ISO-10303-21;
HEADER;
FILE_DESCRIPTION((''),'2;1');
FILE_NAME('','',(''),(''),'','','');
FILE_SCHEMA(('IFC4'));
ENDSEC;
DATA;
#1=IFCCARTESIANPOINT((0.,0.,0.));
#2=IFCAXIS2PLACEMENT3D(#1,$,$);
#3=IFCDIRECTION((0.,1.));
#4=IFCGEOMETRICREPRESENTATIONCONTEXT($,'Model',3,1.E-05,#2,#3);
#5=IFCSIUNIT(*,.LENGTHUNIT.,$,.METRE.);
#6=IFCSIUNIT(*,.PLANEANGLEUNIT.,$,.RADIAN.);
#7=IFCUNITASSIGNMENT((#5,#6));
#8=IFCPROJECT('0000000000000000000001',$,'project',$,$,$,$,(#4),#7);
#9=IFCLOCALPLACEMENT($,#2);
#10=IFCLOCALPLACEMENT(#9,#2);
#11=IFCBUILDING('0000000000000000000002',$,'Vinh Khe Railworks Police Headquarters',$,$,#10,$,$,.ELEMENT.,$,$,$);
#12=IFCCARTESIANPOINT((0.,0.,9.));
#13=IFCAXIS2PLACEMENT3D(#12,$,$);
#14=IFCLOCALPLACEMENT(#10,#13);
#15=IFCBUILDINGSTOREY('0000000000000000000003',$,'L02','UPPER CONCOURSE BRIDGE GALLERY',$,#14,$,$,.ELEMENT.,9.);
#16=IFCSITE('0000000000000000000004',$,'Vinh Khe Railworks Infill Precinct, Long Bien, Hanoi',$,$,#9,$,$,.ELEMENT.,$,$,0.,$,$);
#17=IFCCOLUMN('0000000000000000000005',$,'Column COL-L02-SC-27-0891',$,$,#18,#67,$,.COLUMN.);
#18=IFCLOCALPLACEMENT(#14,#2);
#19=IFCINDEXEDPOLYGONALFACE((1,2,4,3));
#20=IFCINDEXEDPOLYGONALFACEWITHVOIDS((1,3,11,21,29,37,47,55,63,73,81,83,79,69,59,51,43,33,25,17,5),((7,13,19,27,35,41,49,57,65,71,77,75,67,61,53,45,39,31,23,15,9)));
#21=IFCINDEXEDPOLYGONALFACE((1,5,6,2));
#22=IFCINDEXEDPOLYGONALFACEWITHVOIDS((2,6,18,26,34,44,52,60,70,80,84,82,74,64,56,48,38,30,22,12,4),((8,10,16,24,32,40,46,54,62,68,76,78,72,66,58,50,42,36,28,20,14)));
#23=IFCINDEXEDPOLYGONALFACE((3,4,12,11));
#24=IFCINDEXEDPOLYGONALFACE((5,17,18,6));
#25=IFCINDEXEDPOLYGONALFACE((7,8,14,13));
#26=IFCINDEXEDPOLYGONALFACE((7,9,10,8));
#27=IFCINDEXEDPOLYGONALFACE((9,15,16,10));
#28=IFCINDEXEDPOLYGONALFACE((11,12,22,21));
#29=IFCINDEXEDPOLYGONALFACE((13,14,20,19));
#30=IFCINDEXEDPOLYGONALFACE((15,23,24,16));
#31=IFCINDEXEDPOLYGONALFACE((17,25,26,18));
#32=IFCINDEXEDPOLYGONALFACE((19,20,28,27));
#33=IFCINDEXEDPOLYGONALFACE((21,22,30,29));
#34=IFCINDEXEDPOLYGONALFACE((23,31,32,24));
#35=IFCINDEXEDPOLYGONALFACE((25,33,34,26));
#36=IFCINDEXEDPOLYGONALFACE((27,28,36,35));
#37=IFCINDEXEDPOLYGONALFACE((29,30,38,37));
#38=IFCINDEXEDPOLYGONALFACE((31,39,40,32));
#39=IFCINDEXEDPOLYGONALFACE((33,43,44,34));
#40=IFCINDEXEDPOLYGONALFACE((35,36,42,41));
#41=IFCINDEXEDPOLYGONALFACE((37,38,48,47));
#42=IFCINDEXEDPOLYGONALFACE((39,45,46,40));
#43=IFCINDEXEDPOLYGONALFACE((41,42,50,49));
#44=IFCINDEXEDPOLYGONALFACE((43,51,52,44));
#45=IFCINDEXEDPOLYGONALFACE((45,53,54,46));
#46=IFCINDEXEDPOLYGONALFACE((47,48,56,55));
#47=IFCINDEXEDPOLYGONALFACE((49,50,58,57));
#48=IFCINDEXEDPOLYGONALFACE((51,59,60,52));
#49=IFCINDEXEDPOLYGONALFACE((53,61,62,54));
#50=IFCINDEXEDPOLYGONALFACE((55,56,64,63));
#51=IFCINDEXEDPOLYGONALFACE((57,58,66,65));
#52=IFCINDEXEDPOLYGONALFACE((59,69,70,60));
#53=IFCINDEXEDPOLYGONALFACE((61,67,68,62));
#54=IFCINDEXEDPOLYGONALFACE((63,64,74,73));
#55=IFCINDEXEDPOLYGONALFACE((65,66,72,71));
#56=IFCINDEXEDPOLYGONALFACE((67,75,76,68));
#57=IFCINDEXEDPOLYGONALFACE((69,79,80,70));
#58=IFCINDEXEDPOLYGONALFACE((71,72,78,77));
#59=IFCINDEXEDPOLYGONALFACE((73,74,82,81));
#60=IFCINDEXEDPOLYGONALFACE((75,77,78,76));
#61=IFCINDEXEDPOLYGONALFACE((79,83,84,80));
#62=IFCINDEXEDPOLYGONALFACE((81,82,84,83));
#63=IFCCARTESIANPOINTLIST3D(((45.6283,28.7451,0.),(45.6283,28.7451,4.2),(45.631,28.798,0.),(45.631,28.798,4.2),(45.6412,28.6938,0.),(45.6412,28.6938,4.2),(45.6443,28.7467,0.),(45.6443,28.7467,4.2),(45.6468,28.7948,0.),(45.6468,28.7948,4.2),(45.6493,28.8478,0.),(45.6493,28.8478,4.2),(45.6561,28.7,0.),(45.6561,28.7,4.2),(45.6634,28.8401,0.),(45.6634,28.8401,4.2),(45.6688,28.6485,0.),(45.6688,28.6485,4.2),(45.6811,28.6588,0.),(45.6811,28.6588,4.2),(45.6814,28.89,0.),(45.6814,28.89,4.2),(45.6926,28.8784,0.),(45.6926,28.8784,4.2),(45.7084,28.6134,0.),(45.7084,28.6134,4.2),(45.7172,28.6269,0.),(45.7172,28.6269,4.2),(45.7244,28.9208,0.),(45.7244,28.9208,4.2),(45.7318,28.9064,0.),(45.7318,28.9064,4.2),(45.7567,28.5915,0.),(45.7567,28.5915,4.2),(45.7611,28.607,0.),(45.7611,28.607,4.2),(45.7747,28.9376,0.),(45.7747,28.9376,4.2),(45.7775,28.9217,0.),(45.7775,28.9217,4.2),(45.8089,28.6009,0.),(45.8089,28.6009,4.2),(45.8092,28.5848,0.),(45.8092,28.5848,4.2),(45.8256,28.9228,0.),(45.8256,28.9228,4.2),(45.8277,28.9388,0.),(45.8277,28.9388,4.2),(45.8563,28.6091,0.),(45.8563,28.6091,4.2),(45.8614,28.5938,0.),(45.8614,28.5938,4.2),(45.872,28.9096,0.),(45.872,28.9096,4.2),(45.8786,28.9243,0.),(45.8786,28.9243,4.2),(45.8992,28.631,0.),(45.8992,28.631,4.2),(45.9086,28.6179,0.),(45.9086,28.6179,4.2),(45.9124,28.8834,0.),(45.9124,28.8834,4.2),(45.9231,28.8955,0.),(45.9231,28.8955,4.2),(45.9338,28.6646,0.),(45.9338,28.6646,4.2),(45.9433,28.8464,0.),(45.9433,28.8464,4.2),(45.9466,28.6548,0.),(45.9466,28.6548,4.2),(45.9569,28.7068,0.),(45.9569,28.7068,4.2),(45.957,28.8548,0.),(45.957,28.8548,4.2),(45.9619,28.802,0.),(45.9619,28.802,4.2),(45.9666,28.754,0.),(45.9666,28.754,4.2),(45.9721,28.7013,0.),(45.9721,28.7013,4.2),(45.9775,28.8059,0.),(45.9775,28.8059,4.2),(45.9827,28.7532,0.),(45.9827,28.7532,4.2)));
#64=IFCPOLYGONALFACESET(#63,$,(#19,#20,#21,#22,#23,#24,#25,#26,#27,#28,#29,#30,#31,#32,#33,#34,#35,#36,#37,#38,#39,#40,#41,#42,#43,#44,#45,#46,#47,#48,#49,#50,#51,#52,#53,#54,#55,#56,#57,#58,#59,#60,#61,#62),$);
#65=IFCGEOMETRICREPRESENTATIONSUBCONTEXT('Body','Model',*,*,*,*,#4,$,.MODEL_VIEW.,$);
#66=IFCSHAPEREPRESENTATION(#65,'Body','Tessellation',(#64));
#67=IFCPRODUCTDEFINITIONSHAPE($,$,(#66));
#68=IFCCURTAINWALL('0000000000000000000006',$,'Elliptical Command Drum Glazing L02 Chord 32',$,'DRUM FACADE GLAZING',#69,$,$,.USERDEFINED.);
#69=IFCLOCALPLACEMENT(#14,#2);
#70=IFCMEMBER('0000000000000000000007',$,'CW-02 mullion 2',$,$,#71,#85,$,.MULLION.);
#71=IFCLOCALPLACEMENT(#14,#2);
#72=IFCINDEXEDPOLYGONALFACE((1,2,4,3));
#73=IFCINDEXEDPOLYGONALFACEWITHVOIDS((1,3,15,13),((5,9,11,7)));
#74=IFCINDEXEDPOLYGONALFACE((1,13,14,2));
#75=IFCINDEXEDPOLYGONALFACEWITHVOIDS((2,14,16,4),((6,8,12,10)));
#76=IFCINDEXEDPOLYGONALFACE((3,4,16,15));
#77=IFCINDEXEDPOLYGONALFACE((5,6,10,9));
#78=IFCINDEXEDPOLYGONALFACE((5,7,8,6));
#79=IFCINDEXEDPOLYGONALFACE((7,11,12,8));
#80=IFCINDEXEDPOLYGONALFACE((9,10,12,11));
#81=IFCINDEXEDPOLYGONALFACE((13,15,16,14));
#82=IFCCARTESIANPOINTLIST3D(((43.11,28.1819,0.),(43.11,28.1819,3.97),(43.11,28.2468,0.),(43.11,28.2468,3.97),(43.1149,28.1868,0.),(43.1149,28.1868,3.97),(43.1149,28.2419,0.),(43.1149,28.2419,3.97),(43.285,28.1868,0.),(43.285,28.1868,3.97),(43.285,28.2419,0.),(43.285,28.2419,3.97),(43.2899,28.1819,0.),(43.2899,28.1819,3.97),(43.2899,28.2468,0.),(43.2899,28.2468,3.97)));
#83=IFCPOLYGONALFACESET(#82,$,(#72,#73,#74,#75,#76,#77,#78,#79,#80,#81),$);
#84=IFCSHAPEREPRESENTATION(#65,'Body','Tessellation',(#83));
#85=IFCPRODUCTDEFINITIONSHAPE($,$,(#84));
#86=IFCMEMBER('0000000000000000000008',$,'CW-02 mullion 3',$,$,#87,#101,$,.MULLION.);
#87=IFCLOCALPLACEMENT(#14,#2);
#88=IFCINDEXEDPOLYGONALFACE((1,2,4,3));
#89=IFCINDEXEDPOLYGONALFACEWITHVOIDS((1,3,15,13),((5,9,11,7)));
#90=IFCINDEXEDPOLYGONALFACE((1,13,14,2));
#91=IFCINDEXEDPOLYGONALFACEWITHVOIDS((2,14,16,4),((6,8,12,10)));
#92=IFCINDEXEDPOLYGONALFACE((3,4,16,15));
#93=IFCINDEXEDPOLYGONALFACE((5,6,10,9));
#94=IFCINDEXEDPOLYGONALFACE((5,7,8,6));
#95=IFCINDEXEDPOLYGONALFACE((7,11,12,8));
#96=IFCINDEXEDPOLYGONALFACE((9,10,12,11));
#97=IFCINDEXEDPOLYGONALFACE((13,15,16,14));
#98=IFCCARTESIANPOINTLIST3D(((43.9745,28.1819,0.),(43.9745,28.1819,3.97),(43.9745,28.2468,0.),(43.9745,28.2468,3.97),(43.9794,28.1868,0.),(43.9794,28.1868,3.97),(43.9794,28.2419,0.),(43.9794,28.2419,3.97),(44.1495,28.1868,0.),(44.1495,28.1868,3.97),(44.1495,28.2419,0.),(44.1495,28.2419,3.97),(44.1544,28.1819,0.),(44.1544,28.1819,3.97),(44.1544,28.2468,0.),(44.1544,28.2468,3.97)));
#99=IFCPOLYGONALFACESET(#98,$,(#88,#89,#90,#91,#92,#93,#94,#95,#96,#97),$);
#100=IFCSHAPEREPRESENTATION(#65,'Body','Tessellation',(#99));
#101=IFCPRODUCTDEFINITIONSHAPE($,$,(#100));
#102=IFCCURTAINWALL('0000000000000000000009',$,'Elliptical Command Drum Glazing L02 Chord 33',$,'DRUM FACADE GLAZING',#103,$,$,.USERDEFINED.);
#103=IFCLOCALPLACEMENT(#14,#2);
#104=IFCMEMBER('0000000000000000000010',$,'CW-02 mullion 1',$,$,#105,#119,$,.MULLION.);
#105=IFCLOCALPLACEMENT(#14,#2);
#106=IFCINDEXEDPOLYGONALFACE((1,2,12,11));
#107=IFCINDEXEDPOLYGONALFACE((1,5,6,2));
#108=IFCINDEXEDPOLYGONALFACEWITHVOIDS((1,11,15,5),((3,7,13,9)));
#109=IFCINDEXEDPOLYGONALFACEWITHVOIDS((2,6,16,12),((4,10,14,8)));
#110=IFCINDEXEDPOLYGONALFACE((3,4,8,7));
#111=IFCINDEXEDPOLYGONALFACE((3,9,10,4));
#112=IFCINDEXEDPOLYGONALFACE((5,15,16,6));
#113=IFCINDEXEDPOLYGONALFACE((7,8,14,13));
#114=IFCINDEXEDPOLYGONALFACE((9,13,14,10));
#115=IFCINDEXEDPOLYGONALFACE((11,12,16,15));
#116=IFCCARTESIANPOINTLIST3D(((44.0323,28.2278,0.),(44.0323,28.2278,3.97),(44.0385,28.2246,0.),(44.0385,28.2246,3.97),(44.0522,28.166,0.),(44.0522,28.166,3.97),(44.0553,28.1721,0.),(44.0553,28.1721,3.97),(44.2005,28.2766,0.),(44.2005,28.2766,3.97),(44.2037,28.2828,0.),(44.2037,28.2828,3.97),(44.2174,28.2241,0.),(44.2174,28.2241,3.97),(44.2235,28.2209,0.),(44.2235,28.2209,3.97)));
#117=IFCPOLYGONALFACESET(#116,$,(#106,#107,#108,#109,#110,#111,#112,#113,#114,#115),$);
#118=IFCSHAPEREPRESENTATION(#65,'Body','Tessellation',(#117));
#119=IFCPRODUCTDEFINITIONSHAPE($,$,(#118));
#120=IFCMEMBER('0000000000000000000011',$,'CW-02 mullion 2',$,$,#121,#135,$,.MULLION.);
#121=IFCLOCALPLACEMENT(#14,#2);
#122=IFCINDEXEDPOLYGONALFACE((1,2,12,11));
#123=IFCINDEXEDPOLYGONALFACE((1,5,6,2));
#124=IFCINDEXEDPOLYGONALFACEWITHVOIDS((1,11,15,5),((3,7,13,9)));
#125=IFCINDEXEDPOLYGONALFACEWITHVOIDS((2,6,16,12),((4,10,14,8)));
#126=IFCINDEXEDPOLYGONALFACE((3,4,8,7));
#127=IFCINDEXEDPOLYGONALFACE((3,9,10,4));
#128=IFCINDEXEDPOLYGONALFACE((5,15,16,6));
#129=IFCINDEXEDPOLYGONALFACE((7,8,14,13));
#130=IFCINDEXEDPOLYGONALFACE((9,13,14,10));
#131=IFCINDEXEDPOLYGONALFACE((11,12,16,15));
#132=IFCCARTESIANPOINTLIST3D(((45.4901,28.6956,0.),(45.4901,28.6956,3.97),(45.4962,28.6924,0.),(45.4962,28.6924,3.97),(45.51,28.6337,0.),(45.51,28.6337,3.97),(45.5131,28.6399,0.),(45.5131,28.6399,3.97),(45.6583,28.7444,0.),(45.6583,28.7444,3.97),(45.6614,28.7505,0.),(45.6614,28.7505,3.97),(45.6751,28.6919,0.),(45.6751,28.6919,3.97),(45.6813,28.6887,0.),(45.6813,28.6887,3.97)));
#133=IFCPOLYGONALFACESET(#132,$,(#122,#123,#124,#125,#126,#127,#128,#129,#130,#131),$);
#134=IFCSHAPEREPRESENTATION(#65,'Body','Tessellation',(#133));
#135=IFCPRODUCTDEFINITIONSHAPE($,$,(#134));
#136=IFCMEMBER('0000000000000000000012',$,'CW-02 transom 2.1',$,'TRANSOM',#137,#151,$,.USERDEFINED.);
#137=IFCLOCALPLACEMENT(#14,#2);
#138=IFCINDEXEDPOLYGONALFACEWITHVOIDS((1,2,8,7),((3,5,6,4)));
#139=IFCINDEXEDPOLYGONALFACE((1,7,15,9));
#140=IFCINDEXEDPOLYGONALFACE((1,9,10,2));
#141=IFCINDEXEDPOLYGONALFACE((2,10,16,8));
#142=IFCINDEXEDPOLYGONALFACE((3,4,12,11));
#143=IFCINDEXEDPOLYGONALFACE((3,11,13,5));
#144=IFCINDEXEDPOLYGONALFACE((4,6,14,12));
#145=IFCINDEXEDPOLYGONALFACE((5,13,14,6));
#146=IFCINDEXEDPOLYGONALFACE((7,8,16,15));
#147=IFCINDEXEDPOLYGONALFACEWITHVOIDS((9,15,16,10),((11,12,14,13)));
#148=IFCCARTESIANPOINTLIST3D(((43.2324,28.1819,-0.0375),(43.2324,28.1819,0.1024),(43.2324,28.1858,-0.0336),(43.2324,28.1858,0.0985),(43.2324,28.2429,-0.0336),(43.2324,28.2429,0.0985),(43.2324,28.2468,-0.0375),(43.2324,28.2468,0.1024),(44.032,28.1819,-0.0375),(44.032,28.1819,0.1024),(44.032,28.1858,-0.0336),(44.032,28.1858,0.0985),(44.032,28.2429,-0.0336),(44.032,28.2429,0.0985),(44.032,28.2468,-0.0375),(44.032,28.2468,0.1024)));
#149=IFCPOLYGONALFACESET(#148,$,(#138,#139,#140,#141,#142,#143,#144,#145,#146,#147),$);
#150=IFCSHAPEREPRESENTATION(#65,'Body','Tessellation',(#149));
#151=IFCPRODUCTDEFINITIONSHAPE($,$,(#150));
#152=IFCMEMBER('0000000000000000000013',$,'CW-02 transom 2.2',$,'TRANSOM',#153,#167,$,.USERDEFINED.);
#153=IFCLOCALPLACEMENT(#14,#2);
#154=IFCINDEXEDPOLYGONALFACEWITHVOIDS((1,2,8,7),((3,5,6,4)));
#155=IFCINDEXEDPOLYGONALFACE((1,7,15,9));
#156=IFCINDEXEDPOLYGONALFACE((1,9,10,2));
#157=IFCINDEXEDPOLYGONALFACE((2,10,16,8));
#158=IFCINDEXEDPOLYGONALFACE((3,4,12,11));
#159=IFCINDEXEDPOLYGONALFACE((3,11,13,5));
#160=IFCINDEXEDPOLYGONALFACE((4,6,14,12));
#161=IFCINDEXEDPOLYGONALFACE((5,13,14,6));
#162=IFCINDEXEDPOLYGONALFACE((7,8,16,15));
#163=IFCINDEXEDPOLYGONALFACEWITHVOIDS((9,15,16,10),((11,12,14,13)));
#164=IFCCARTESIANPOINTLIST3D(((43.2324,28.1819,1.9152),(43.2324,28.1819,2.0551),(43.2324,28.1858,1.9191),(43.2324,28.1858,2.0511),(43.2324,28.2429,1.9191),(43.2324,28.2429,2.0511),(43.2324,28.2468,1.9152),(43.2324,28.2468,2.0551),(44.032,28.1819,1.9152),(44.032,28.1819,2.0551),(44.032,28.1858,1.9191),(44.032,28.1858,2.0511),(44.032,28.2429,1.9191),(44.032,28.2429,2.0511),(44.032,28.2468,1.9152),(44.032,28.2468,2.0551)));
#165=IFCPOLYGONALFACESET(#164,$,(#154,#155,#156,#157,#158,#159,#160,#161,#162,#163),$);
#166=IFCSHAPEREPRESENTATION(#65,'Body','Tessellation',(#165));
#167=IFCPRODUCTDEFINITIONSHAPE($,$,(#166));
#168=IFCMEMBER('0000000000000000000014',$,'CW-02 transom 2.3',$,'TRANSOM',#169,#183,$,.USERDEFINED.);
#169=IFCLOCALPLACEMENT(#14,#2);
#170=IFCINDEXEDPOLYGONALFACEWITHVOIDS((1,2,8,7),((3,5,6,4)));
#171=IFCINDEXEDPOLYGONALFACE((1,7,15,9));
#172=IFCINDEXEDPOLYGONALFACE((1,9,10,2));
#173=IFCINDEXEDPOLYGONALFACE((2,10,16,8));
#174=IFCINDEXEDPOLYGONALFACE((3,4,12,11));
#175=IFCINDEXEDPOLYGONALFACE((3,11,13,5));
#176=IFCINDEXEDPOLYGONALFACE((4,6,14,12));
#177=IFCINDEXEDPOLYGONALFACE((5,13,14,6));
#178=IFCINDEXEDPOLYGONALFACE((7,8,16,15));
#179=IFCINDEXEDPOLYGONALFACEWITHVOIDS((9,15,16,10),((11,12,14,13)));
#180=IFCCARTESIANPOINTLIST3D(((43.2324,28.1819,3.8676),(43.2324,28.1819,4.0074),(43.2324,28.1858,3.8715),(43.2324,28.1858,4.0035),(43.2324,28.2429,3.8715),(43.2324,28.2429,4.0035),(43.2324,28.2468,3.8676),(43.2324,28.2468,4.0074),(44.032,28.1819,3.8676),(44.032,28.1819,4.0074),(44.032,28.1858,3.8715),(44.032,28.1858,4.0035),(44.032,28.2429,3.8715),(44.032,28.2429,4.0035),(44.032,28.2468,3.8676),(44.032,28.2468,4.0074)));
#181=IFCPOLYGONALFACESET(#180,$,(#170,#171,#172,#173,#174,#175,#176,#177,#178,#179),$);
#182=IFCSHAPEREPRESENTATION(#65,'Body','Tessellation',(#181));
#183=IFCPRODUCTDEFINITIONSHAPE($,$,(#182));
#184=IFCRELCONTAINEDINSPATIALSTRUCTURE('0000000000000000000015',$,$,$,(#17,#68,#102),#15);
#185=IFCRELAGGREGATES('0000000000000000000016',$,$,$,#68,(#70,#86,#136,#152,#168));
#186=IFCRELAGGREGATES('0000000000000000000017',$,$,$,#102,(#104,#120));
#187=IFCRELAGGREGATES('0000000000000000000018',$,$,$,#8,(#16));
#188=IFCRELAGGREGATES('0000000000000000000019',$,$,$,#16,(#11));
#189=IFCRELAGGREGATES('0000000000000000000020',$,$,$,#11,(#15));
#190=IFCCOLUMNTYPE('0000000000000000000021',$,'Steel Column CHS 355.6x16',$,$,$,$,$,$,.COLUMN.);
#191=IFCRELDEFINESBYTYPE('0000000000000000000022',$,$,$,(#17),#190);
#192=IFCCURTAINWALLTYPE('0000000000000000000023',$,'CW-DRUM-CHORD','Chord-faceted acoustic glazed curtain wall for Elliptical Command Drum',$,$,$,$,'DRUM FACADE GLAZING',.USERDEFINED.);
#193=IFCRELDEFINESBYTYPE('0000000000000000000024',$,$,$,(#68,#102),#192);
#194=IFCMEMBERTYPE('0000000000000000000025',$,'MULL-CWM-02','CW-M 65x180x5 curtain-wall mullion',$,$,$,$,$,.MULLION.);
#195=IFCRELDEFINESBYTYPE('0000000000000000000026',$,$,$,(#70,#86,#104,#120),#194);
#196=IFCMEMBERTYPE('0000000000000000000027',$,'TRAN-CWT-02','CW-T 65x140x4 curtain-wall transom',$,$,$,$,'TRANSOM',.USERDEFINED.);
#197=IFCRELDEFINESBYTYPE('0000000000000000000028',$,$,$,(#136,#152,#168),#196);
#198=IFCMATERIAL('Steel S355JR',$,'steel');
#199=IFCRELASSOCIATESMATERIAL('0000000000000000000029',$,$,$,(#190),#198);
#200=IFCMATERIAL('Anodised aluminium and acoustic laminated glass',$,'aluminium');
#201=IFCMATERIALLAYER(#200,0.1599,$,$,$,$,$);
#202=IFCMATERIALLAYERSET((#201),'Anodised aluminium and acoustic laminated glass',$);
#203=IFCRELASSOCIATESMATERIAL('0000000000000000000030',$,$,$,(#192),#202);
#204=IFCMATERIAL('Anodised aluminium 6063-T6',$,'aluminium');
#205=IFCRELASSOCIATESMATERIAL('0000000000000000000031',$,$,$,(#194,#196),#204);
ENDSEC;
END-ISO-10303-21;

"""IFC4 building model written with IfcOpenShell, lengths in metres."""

from ifc_helpers import new_model, si_unit, direction, frame, origin, origin_2d, place, context, subcontext, project, spatial, hollow_rectangle, hollow_circle, extrude, material, layer, layer_set, material_profile, profile_set, type_object, element, aggregate, save


model = new_model("IFC4")

# Units and contexts
model_context = context("Model", 3, precision=1e-05, world=origin(), true_north=direction((0.0, 1.0)))
body_context = subcontext(model_context, "Body", "Model", "MODEL_VIEW")
ifc_project = project(units=[si_unit("LENGTHUNIT", "METRE"), si_unit("PLANEANGLEUNIT", "RADIAN")], contexts=[model_context])

# Site, building, storey
site_placement = place(None, origin())
site = spatial("IfcSite", under=ifc_project, at=site_placement, Name="Vinh Khe Railworks Infill Precinct, Long Bien, Hanoi", CompositionType="ELEMENT", RefElevation=0.0)
building_placement = place(site_placement, origin())
building = spatial("IfcBuilding", under=site, at=building_placement, Name="Vinh Khe Railworks Police Headquarters", CompositionType="ELEMENT")
storey_placement = place(building_placement, frame((0.0, 0.0, 9.0)))
storey = spatial("IfcBuildingStorey", under=building, at=storey_placement, Name="L02", Description="UPPER CONCOURSE BRIDGE GALLERY", CompositionType="ELEMENT", Elevation=9.0)

# Column
ifc_material_1 = material(Name="Steel S355JR", Category="steel")
ifc_material_profile_1 = material_profile(ifc_material_1, hollow_circle(Radius=0.1777, WallThickness=0.0161, at=origin_2d()), Name="CHS 355.6x16")
ifc_profile_set_1 = profile_set([ifc_material_profile_1], Name="Steel S355JR")
column_type = type_object("IfcColumnType", Name="Steel Column CHS 355.6x16", PredefinedType="COLUMN", material=ifc_profile_set_1)
column_placement = place(storey_placement, frame((45.8052, 28.7625, 0.0), z_axis=(0.0, 0.0, 1.0), x_axis=(0.581981, -0.813202, 0.0)))
element("IfcColumn", 1, at=column_placement, inside=storey, type_object=column_type, Name="Column COL-L02-SC-27-0891", PredefinedType="COLUMN", context=body_context, shape_type="SweptSolid", body=[
    extrude(hollow_circle(Radius=0.1777, WallThickness=0.0161, at=origin_2d()), origin(), (0.0, 0.0, 1.0), 4.2),
])

# Curtain walls, members
ifc_material_2 = material(Name="Anodised aluminium and acoustic laminated glass", Category="aluminium")
ifc_layer_1 = layer(ifc_material_2, 0.1599)
ifc_layer_set_1 = layer_set([ifc_layer_1], Name="Anodised aluminium and acoustic laminated glass")
curtain_wall_type = type_object("IfcCurtainWallType", Name="CW-DRUM-CHORD", Description="Chord-faceted acoustic glazed curtain wall for Elliptical Command Drum", ElementType="DRUM FACADE GLAZING", PredefinedType="USERDEFINED", material=ifc_layer_set_1)
curtain_wall_1_placement = place(storey_placement, origin())
curtain_wall_1 = element("IfcCurtainWall", 2, at=curtain_wall_1_placement, inside=storey, type_object=curtain_wall_type, Name="Elliptical Command Drum Glazing L02 Chord 32", ObjectType="DRUM FACADE GLAZING", PredefinedType="USERDEFINED")
ifc_material_3 = material(Name="Anodised aluminium 6063-T6", Category="aluminium")
ifc_material_profile_2 = material_profile(ifc_material_3, hollow_rectangle(XDim=0.0649, YDim=0.1799, WallThickness=0.0049, at=origin_2d()), Name="CW-M 65x180x5")
ifc_profile_set_2 = profile_set([ifc_material_profile_2], Name="Anodised aluminium 6063-T6")
member_type_1 = type_object("IfcMemberType", Name="MULL-CWM-02", Description="CW-M 65x180x5 curtain-wall mullion", PredefinedType="MULLION", material=ifc_profile_set_2)
member_1_placement = place(storey_placement, frame((43.2, 28.2144, 0.0), z_axis=(0.0, 0.0, 1.0), x_axis=(0.0, 1.0, 0.0)))
member_1 = element("IfcMember", 3, at=member_1_placement, type_object=member_type_1, Name="CW-02 mullion 2", PredefinedType="MULLION", context=body_context, shape_type="SweptSolid", body=[
    extrude(hollow_rectangle(XDim=0.0649, YDim=0.1799, WallThickness=0.0049, at=origin_2d()), origin(), (0.0, 0.0, 1.0), 3.97),
])
member_2_placement = place(storey_placement, frame((44.0645, 28.2144, 0.0), z_axis=(0.0, 0.0, 1.0), x_axis=(0.0, 1.0, 0.0)))
member_2 = element("IfcMember", 4, at=member_2_placement, type_object=member_type_1, Name="CW-02 mullion 3", PredefinedType="MULLION", context=body_context, shape_type="SweptSolid", body=[
    extrude(hollow_rectangle(XDim=0.0649, YDim=0.1799, WallThickness=0.0049, at=origin_2d()), origin(), (0.0, 0.0, 1.0), 3.97),
])
curtain_wall_2_placement = place(storey_placement, origin())
curtain_wall_2 = element("IfcCurtainWall", 5, at=curtain_wall_2_placement, inside=storey, type_object=curtain_wall_type, Name="Elliptical Command Drum Glazing L02 Chord 33", ObjectType="DRUM FACADE GLAZING", PredefinedType="USERDEFINED")
member_3_placement = place(storey_placement, frame((44.1279, 28.2244, 0.0), z_axis=(0.0, 0.0, 1.0), x_axis=(-0.305575, 0.952168, 0.0)))
member_3 = element("IfcMember", 6, at=member_3_placement, type_object=member_type_1, Name="CW-02 mullion 1", PredefinedType="MULLION", context=body_context, shape_type="SweptSolid", body=[
    extrude(hollow_rectangle(XDim=0.0649, YDim=0.1799, WallThickness=0.0049, at=origin_2d()), origin(), (0.0, 0.0, 1.0), 3.97),
])
member_4_placement = place(storey_placement, frame((45.5857, 28.6921, 0.0), z_axis=(0.0, 0.0, 1.0), x_axis=(-0.305575, 0.952168, 0.0)))
member_4 = element("IfcMember", 7, at=member_4_placement, type_object=member_type_1, Name="CW-02 mullion 2", PredefinedType="MULLION", context=body_context, shape_type="SweptSolid", body=[
    extrude(hollow_rectangle(XDim=0.0649, YDim=0.1799, WallThickness=0.0049, at=origin_2d()), origin(), (0.0, 0.0, 1.0), 3.97),
])

# Members
ifc_material_profile_3 = material_profile(ifc_material_3, hollow_rectangle(XDim=0.0649, YDim=0.1399, WallThickness=0.0039, at=origin_2d()), Name="CW-T 65x140x4")
ifc_profile_set_3 = profile_set([ifc_material_profile_3], Name="Anodised aluminium 6063-T6")
member_type_2 = type_object("IfcMemberType", Name="TRAN-CWT-02", Description="CW-T 65x140x4 curtain-wall transom", ElementType="TRANSOM", PredefinedType="USERDEFINED", material=ifc_profile_set_3)
member_5_placement = place(storey_placement, frame((43.2324, 28.2144, 0.0325), z_axis=(1.0, 0.0, 0.0), x_axis=(0.0, 1.0, 0.0)))
member_5 = element("IfcMember", 8, at=member_5_placement, type_object=member_type_2, Name="CW-02 transom 2.1", ObjectType="TRANSOM", PredefinedType="USERDEFINED", context=body_context, shape_type="SweptSolid", body=[
    extrude(hollow_rectangle(XDim=0.0649, YDim=0.1399, WallThickness=0.0039, at=origin_2d()), origin(), (0.0, 0.0, 1.0), 0.7996),
])
member_6_placement = place(storey_placement, frame((43.2324, 28.2144, 1.9851), z_axis=(1.0, 0.0, 0.0), x_axis=(0.0, 1.0, 0.0)))
member_6 = element("IfcMember", 9, at=member_6_placement, type_object=member_type_2, Name="CW-02 transom 2.2", ObjectType="TRANSOM", PredefinedType="USERDEFINED", context=body_context, shape_type="SweptSolid", body=[
    extrude(hollow_rectangle(XDim=0.0649, YDim=0.1399, WallThickness=0.0039, at=origin_2d()), origin(), (0.0, 0.0, 1.0), 0.7996),
])
member_7_placement = place(storey_placement, frame((43.2324, 28.2144, 3.9375), z_axis=(1.0, 0.0, 0.0), x_axis=(0.0, 1.0, 0.0)))
member_7 = element("IfcMember", 10, at=member_7_placement, type_object=member_type_2, Name="CW-02 transom 2.3", ObjectType="TRANSOM", PredefinedType="USERDEFINED", context=body_context, shape_type="SweptSolid", body=[
    extrude(hollow_rectangle(XDim=0.0649, YDim=0.1399, WallThickness=0.0039, at=origin_2d()), origin(), (0.0, 0.0, 1.0), 0.7996),
])

aggregate(curtain_wall_1, [member_1, member_2, member_5, member_6, member_7])
aggregate(curtain_wall_2, [member_3, member_4])

save(model, "model.ifc")
